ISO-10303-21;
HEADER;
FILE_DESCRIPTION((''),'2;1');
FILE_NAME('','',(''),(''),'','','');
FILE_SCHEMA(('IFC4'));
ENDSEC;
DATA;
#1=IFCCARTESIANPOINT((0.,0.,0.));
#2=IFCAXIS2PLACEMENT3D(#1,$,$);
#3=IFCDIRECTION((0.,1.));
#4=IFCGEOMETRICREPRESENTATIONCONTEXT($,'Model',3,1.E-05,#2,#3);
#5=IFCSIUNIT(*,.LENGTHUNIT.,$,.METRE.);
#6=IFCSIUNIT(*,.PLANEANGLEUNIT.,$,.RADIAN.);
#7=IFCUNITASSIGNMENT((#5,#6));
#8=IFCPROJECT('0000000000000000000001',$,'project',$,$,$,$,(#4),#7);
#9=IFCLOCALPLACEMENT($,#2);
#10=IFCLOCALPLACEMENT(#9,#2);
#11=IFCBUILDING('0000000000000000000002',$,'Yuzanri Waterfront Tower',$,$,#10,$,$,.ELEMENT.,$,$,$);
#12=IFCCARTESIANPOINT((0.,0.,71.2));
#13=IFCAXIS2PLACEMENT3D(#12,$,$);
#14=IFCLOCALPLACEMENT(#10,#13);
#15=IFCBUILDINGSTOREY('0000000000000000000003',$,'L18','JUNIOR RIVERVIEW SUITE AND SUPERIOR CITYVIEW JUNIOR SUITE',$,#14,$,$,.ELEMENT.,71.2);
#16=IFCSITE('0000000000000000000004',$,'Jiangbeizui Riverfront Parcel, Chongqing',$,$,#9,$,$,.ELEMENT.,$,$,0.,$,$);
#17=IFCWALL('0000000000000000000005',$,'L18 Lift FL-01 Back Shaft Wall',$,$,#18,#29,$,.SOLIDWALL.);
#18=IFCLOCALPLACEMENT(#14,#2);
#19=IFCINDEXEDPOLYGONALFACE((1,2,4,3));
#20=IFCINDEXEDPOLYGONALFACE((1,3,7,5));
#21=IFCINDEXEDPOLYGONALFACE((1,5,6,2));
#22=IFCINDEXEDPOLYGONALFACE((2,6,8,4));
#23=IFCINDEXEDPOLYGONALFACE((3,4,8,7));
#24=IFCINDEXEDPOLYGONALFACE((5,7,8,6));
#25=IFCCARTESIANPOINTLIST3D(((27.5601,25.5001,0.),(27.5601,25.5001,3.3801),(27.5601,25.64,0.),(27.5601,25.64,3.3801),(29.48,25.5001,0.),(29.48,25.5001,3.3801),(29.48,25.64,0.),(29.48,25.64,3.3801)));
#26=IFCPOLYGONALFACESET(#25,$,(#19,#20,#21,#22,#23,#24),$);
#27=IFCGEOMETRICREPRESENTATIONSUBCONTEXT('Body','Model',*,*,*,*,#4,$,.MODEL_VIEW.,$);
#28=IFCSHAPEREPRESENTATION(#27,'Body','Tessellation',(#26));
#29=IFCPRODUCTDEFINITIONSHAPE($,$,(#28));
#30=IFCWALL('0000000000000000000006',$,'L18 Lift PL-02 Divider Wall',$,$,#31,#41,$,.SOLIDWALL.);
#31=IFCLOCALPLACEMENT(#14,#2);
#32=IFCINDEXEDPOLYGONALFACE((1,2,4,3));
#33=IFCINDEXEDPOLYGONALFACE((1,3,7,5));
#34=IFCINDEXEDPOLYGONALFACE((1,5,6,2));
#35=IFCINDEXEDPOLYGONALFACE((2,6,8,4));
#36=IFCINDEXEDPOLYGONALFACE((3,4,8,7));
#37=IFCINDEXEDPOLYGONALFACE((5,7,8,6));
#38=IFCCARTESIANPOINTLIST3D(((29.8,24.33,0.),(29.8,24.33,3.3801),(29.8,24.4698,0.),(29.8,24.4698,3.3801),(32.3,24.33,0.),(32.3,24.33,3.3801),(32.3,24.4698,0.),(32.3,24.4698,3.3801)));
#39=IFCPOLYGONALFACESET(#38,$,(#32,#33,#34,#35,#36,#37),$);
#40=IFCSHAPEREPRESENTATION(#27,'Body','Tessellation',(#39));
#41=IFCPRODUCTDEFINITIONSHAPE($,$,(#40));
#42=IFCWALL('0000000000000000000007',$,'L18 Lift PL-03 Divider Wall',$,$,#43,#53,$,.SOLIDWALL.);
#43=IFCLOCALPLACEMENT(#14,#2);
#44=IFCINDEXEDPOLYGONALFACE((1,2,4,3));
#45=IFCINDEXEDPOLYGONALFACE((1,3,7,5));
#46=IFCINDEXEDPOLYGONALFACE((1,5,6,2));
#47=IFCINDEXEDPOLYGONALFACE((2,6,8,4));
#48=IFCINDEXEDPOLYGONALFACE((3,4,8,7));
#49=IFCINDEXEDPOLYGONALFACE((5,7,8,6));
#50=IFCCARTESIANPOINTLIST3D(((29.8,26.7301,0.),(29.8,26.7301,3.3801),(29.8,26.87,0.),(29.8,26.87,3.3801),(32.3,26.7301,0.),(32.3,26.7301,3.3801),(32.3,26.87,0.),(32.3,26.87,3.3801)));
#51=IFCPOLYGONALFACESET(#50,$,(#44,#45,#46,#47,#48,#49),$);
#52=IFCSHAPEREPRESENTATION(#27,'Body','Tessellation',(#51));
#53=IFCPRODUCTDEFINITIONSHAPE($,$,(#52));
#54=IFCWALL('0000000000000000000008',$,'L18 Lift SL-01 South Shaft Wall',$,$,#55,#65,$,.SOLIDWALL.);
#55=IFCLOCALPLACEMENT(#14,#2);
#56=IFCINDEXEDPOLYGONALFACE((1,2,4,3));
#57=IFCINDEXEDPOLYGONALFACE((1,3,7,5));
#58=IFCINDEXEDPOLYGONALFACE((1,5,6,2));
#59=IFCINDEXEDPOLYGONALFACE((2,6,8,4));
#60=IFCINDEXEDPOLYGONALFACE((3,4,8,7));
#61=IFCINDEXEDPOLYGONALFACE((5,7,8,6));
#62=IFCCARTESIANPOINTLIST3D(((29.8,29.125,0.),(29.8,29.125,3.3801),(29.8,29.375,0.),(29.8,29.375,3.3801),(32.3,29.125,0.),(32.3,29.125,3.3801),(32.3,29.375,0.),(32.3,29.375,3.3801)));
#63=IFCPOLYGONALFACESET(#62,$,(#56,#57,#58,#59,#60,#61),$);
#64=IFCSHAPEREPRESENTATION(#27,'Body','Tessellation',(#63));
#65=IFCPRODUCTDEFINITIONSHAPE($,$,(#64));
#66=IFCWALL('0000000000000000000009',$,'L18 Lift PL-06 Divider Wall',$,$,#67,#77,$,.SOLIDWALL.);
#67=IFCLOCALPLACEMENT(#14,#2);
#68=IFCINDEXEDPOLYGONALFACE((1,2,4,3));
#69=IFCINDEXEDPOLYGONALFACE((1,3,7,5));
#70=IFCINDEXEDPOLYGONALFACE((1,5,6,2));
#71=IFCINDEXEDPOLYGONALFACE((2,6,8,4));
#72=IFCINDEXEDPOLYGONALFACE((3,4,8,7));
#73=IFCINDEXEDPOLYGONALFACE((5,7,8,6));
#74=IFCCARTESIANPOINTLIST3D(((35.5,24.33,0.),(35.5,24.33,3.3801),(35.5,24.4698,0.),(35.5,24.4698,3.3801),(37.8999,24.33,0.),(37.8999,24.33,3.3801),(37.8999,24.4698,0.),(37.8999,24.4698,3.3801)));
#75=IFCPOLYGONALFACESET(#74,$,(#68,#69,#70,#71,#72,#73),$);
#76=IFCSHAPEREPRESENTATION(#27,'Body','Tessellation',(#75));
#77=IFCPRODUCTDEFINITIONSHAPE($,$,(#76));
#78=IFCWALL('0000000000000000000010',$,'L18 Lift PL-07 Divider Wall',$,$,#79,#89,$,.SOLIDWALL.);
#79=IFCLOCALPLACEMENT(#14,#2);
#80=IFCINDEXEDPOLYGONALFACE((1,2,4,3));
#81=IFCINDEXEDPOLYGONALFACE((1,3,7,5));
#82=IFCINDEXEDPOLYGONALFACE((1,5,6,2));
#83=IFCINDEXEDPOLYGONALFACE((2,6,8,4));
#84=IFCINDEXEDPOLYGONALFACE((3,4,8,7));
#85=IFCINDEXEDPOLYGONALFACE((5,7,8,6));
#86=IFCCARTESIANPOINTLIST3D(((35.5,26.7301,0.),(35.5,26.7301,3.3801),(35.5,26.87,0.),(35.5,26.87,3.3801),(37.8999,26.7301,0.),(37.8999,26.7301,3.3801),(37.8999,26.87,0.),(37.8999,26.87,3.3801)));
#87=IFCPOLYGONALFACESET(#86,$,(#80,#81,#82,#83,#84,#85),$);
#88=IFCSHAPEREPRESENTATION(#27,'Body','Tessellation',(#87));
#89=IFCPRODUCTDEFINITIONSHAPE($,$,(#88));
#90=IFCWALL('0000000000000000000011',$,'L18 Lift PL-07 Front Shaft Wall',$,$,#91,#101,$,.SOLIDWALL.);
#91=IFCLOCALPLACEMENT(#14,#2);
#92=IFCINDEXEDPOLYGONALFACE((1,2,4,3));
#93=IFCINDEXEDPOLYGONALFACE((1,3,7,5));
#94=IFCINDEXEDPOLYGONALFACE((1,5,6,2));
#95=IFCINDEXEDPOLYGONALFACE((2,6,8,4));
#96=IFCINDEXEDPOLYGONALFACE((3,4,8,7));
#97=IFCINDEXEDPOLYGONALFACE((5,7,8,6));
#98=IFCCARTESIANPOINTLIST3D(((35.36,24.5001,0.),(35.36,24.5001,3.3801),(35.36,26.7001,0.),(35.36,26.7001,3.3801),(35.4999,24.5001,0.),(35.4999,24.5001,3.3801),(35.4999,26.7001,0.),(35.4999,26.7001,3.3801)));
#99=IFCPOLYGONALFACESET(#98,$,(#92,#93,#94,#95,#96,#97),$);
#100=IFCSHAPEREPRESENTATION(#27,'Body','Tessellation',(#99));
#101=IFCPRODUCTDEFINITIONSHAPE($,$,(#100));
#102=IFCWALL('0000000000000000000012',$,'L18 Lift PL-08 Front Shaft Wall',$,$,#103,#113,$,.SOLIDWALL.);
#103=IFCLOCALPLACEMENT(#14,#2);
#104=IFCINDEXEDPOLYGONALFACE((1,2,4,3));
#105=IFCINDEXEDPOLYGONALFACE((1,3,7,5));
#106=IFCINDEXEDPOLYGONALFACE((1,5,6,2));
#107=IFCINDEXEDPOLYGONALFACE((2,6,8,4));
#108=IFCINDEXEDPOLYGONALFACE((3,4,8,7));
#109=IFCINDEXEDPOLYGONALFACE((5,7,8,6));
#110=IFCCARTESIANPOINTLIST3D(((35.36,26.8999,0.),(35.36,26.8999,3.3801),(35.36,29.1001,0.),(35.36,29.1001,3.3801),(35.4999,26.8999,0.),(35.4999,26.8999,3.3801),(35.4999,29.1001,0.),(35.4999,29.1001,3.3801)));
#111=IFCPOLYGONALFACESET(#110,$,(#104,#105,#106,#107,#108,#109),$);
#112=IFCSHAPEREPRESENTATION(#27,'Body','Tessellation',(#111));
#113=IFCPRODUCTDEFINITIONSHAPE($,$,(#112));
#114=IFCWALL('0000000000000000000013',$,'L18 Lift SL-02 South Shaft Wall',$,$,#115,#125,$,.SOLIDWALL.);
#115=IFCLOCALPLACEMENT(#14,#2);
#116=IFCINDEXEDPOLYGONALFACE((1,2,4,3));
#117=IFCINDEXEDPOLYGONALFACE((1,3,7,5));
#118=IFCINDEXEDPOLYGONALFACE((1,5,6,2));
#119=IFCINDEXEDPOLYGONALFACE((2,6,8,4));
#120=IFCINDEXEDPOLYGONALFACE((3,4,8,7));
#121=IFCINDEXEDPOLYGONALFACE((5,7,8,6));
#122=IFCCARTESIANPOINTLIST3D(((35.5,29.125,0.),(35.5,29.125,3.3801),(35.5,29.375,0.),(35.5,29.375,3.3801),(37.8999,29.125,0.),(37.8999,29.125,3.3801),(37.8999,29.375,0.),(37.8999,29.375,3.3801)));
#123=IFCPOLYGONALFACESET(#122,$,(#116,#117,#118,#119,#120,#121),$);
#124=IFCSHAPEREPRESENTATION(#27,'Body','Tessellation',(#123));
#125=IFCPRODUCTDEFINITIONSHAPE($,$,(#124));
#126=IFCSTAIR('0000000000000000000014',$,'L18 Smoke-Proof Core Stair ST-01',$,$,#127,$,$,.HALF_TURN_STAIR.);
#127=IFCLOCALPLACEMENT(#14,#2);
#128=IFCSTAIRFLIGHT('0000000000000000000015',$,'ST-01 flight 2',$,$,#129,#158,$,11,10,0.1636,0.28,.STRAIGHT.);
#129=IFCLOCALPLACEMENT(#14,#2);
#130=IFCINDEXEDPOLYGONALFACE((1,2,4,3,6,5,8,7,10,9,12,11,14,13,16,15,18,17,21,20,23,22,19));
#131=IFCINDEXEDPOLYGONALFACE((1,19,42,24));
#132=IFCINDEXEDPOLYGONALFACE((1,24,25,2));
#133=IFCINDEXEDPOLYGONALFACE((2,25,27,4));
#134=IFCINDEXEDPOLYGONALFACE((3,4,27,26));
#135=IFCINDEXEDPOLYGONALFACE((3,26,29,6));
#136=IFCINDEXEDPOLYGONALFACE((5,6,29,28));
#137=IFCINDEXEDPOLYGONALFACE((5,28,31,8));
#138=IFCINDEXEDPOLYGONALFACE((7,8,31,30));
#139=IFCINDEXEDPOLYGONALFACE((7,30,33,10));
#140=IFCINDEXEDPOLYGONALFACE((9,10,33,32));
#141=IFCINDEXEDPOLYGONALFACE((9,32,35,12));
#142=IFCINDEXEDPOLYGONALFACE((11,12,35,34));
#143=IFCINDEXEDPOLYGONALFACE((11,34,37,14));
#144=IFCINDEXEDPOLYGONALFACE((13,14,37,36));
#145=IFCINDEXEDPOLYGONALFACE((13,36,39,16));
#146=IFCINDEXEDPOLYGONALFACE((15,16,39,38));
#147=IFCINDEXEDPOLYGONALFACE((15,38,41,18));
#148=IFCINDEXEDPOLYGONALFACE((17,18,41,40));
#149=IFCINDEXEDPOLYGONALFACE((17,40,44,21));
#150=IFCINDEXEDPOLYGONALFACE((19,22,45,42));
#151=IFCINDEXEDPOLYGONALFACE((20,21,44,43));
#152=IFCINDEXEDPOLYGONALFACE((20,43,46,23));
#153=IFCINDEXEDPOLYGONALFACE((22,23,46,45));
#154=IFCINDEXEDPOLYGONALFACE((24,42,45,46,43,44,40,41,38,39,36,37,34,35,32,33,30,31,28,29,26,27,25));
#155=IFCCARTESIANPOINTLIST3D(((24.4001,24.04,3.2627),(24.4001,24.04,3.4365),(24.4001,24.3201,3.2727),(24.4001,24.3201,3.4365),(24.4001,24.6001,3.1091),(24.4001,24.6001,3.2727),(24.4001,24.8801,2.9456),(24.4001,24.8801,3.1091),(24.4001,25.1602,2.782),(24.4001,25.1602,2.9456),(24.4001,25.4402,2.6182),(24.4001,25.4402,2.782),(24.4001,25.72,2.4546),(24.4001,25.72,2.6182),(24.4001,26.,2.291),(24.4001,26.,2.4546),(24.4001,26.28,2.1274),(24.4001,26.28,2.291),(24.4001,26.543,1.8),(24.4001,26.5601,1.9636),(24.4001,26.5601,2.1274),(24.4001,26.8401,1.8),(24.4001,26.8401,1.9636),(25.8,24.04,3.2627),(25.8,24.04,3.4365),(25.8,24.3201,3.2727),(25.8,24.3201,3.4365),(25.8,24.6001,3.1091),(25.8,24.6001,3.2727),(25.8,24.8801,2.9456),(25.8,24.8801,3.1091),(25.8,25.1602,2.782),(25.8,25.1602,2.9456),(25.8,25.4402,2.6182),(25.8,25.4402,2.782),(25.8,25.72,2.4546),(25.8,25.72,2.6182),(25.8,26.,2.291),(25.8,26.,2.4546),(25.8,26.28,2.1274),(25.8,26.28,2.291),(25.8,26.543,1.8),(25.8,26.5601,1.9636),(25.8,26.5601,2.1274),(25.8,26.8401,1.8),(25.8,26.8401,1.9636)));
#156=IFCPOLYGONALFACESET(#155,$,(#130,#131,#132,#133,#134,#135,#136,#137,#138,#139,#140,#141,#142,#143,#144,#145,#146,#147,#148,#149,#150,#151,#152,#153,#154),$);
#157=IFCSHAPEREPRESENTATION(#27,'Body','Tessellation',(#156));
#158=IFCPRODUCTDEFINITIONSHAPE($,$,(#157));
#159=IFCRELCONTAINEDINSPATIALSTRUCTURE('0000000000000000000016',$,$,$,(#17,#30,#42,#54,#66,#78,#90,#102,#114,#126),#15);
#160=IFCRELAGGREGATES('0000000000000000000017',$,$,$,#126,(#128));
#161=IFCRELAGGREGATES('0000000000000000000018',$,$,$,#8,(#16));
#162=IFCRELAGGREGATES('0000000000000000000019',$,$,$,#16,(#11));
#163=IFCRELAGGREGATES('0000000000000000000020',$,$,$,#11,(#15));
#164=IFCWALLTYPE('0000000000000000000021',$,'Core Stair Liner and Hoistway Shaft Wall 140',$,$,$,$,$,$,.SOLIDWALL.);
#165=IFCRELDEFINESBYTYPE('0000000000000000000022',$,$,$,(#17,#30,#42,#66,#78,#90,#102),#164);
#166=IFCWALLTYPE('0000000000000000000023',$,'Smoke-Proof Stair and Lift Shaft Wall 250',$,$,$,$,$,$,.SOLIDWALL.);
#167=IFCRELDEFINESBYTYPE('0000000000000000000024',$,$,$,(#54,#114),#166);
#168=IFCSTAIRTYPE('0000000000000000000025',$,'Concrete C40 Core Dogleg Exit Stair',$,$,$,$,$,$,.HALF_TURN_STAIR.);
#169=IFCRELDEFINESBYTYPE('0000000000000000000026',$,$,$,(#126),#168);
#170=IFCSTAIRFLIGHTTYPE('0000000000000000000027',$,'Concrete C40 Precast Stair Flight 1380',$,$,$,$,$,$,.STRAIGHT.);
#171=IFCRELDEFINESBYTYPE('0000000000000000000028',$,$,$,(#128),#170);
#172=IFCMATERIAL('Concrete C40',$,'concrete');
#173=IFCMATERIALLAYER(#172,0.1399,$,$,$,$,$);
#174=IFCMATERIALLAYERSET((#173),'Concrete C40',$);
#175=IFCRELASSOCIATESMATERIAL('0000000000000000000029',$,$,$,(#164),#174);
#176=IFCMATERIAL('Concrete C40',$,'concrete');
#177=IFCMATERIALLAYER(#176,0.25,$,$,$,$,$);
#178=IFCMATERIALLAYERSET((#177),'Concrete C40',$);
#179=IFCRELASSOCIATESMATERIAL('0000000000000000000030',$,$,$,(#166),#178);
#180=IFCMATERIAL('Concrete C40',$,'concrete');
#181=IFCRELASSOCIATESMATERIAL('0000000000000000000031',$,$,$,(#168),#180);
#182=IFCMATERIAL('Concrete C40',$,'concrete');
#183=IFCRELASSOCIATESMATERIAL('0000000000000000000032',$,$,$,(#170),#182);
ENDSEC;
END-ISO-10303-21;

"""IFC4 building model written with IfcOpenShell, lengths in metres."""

from ifc_helpers import new_model, si_unit, direction, frame, frame_2d, origin, place, context, subcontext, project, spatial, polyline, rectangle, outline, extrude, source, transform, mapped, material, layer, layer_set, type_object, element, aggregate, save


model = new_model("IFC4")

# Units and contexts
model_context = context("Model", 3, precision=1e-05, world=origin(), true_north=direction((0.0, 1.0)))
body_context = subcontext(model_context, "Body", "Model", "MODEL_VIEW")
ifc_project = project(units=[si_unit("LENGTHUNIT", "METRE"), si_unit("PLANEANGLEUNIT", "RADIAN")], contexts=[model_context])

# Site, building, storey
site_placement = place(None, origin())
site = spatial("IfcSite", under=ifc_project, at=site_placement, Name="Jiangbeizui Riverfront Parcel, Chongqing", CompositionType="ELEMENT", RefElevation=0.0)
building_placement = place(site_placement, origin())
building = spatial("IfcBuilding", under=site, at=building_placement, Name="Yuzanri Waterfront Tower", CompositionType="ELEMENT")
storey_placement = place(building_placement, frame((0.0, 0.0, 71.2)))
storey = spatial("IfcBuildingStorey", under=building, at=storey_placement, Name="L18", Description="JUNIOR RIVERVIEW SUITE AND SUPERIOR CITYVIEW JUNIOR SUITE", CompositionType="ELEMENT", Elevation=71.2)

# Shared definitions
ifc_material_1 = material(Name="Concrete C40", Category="concrete")
ifc_layer_1 = layer(ifc_material_1, 0.1399)
ifc_layer_set_1 = layer_set([ifc_layer_1], Name="Concrete C40")
wall_type_1 = type_object("IfcWallType", Name="Core Stair Liner and Hoistway Shaft Wall 140", PredefinedType="SOLIDWALL", material=ifc_layer_set_1)

# Walls
shared_shape_1 = source(origin(), body_context, "Body", "SweptSolid", [
    extrude(rectangle(XDim=1.9199, YDim=0.1399, at=frame_2d((0.96, 0.0))), origin(), (0.0, 0.0, 1.0), 3.3801),
])
wall_1_placement = place(storey_placement, frame((27.5601, 25.5701, 0.0), z_axis=(0.0, 0.0, 1.0), x_axis=(1.0, 0.0, 0.0)))
element("IfcWall", 1, at=wall_1_placement, inside=storey, type_object=wall_type_1, Name="L18 Lift FL-01 Back Shaft Wall", PredefinedType="SOLIDWALL", context=body_context, shape_type="MappedRepresentation", body=[
    mapped(shared_shape_1, transform((0.0, 0.0, 0.0), scale=1.0)),
])
shared_shape_2 = source(origin(), body_context, "Body", "SweptSolid", [
    extrude(rectangle(XDim=2.5, YDim=0.1399, at=frame_2d((1.25, 0.0))), origin(), (0.0, 0.0, 1.0), 3.3801),
])
for number, where, z_axis, x_axis, name in (
    (2, (29.8, 24.3999, 0.0), (0.0, 0.0, 1.0), (1.0, 0.0, 0.0), "L18 Lift PL-02 Divider Wall"),
    (3, (29.8, 26.8, 0.0), (0.0, 0.0, 1.0), (1.0, 0.0, 0.0), "L18 Lift PL-03 Divider Wall"),
):
    element("IfcWall", number, at=place(storey_placement, frame(where, z_axis=z_axis, x_axis=x_axis)), inside=storey, type_object=wall_type_1, Name=name, PredefinedType="SOLIDWALL", context=body_context, shape_type="MappedRepresentation", body=[
        mapped(shared_shape_2, transform((0.0, 0.0, 0.0), scale=1.0)),
    ])
ifc_material_2 = material(Name="Concrete C40", Category="concrete")
ifc_layer_2 = layer(ifc_material_2, 0.25)
ifc_layer_set_2 = layer_set([ifc_layer_2], Name="Concrete C40")
wall_type_2 = type_object("IfcWallType", Name="Smoke-Proof Stair and Lift Shaft Wall 250", PredefinedType="SOLIDWALL", material=ifc_layer_set_2)
shared_shape_3 = source(origin(), body_context, "Body", "SweptSolid", [
    extrude(rectangle(XDim=2.5, YDim=0.25, at=frame_2d((1.25, 0.0))), origin(), (0.0, 0.0, 1.0), 3.3801),
])
wall_2_placement = place(storey_placement, frame((29.8, 29.25, 0.0), z_axis=(0.0, 0.0, 1.0), x_axis=(1.0, 0.0, 0.0)))
element("IfcWall", 4, at=wall_2_placement, inside=storey, type_object=wall_type_2, Name="L18 Lift SL-01 South Shaft Wall", PredefinedType="SOLIDWALL", context=body_context, shape_type="MappedRepresentation", body=[
    mapped(shared_shape_3, transform((0.0, 0.0, 0.0), scale=1.0)),
])
shared_shape_4 = source(origin(), body_context, "Body", "SweptSolid", [
    extrude(rectangle(XDim=2.3999, YDim=0.1399, at=frame_2d((1.2, 0.0))), origin(), (0.0, 0.0, 1.0), 3.3801),
])
for number, where, z_axis, x_axis, name in (
    (5, (35.5, 24.3999, 0.0), (0.0, 0.0, 1.0), (1.0, 0.0, 0.0), "L18 Lift PL-06 Divider Wall"),
    (6, (35.5, 26.8, 0.0), (0.0, 0.0, 1.0), (1.0, 0.0, 0.0), "L18 Lift PL-07 Divider Wall"),
):
    element("IfcWall", number, at=place(storey_placement, frame(where, z_axis=z_axis, x_axis=x_axis)), inside=storey, type_object=wall_type_1, Name=name, PredefinedType="SOLIDWALL", context=body_context, shape_type="MappedRepresentation", body=[
        mapped(shared_shape_4, transform((0.0, 0.0, 0.0), scale=1.0)),
    ])
shared_shape_5 = source(origin(), body_context, "Body", "SweptSolid", [
    extrude(rectangle(XDim=2.2, YDim=0.1399, at=frame_2d((1.1001, 0.0))), origin(), (0.0, 0.0, 1.0), 3.3801),
])
wall_3_placement = place(storey_placement, frame((35.4299, 24.5, 0.0), z_axis=(0.0, 0.0, 1.0), x_axis=(0.0, 1.0, 0.0)))
element("IfcWall", 7, at=wall_3_placement, inside=storey, type_object=wall_type_1, Name="L18 Lift PL-07 Front Shaft Wall", PredefinedType="SOLIDWALL", context=body_context, shape_type="MappedRepresentation", body=[
    mapped(shared_shape_5, transform((0.0, 0.0, 0.0), scale=1.0)),
])
shared_shape_6 = source(origin(), body_context, "Body", "SweptSolid", [
    extrude(rectangle(XDim=2.2002, YDim=0.1399, at=frame_2d((1.1001, 0.0))), origin(), (0.0, 0.0, 1.0), 3.3801),
])
wall_4_placement = place(storey_placement, frame((35.4299, 26.8999, 0.0), z_axis=(0.0, 0.0, 1.0), x_axis=(0.0, 1.0, 0.0)))
element("IfcWall", 8, at=wall_4_placement, inside=storey, type_object=wall_type_1, Name="L18 Lift PL-08 Front Shaft Wall", PredefinedType="SOLIDWALL", context=body_context, shape_type="MappedRepresentation", body=[
    mapped(shared_shape_6, transform((0.0, 0.0, 0.0), scale=1.0)),
])
shared_shape_7 = source(origin(), body_context, "Body", "SweptSolid", [
    extrude(rectangle(XDim=2.3999, YDim=0.25, at=frame_2d((1.2, 0.0))), origin(), (0.0, 0.0, 1.0), 3.3801),
])
wall_5_placement = place(storey_placement, frame((35.5, 29.25, 0.0), z_axis=(0.0, 0.0, 1.0), x_axis=(1.0, 0.0, 0.0)))
element("IfcWall", 9, at=wall_5_placement, inside=storey, type_object=wall_type_2, Name="L18 Lift SL-02 South Shaft Wall", PredefinedType="SOLIDWALL", context=body_context, shape_type="MappedRepresentation", body=[
    mapped(shared_shape_7, transform((0.0, 0.0, 0.0), scale=1.0)),
])

# Stair, stair flight
ifc_material_3 = material(Name="Concrete C40", Category="concrete")
stair_type = type_object("IfcStairType", Name="Concrete C40 Core Dogleg Exit Stair", PredefinedType="HALF_TURN_STAIR", material=ifc_material_3)
stair_placement = place(storey_placement, origin())
stair = element("IfcStair", 10, at=stair_placement, inside=storey, type_object=stair_type, Name="L18 Smoke-Proof Core Stair ST-01", PredefinedType="HALF_TURN_STAIR")
ifc_material_4 = material(Name="Concrete C40", Category="concrete")
stair_flight_type = type_object("IfcStairFlightType", Name="Concrete C40 Precast Stair Flight 1380", PredefinedType="STRAIGHT", material=ifc_material_4)
shared_shape_8 = source(origin(), body_context, "Body", "SweptSolid", [
    extrude(outline(polyline([(0.0, 0.0), (0.0, 0.1636), (0.28, 0.1636), (0.28, 0.3274), (0.5601, 0.3274), (0.5601, 0.491), (0.8401, 0.491), (0.8401, 0.6545), (1.1201, 0.6545), (1.1201, 0.8181), (1.3999, 0.8181), (1.3999, 0.9819), (1.6799, 0.9819), (1.6799, 1.1455), (1.96, 1.1455), (1.96, 1.3091), (2.24, 1.3091), (2.24, 1.4727), (2.52, 1.4727), (2.52, 1.6365), (2.8, 1.6365), (2.8, 1.8), (2.8, 1.4626), (0.2971, 0.0), (0.0, 0.0)])), frame((0.0, 0.7, 0.0), z_axis=(0.0, -1.0, 0.0), x_axis=(1.0, 0.0, 0.0)), (0.0, 0.0, 1.0), 1.3999),
])
stair_flight_placement = place(storey_placement, frame((25.1001, 26.8401, 1.8), z_axis=(0.0, 0.0, 1.0), x_axis=(0.0, -1.0, 0.0)))
stair_flight = element("IfcStairFlight", 11, at=stair_flight_placement, type_object=stair_flight_type, Name="ST-01 flight 2", NumberOfRisers=11, NumberOfTreads=10, PredefinedType="STRAIGHT", RiserHeight=0.1636, TreadLength=0.28, context=body_context, shape_type="MappedRepresentation", body=[
    mapped(shared_shape_8, transform((0.0, 0.0, 0.0), scale=1.0)),
])
aggregate(stair, [stair_flight])

save(model, "model.ifc")
